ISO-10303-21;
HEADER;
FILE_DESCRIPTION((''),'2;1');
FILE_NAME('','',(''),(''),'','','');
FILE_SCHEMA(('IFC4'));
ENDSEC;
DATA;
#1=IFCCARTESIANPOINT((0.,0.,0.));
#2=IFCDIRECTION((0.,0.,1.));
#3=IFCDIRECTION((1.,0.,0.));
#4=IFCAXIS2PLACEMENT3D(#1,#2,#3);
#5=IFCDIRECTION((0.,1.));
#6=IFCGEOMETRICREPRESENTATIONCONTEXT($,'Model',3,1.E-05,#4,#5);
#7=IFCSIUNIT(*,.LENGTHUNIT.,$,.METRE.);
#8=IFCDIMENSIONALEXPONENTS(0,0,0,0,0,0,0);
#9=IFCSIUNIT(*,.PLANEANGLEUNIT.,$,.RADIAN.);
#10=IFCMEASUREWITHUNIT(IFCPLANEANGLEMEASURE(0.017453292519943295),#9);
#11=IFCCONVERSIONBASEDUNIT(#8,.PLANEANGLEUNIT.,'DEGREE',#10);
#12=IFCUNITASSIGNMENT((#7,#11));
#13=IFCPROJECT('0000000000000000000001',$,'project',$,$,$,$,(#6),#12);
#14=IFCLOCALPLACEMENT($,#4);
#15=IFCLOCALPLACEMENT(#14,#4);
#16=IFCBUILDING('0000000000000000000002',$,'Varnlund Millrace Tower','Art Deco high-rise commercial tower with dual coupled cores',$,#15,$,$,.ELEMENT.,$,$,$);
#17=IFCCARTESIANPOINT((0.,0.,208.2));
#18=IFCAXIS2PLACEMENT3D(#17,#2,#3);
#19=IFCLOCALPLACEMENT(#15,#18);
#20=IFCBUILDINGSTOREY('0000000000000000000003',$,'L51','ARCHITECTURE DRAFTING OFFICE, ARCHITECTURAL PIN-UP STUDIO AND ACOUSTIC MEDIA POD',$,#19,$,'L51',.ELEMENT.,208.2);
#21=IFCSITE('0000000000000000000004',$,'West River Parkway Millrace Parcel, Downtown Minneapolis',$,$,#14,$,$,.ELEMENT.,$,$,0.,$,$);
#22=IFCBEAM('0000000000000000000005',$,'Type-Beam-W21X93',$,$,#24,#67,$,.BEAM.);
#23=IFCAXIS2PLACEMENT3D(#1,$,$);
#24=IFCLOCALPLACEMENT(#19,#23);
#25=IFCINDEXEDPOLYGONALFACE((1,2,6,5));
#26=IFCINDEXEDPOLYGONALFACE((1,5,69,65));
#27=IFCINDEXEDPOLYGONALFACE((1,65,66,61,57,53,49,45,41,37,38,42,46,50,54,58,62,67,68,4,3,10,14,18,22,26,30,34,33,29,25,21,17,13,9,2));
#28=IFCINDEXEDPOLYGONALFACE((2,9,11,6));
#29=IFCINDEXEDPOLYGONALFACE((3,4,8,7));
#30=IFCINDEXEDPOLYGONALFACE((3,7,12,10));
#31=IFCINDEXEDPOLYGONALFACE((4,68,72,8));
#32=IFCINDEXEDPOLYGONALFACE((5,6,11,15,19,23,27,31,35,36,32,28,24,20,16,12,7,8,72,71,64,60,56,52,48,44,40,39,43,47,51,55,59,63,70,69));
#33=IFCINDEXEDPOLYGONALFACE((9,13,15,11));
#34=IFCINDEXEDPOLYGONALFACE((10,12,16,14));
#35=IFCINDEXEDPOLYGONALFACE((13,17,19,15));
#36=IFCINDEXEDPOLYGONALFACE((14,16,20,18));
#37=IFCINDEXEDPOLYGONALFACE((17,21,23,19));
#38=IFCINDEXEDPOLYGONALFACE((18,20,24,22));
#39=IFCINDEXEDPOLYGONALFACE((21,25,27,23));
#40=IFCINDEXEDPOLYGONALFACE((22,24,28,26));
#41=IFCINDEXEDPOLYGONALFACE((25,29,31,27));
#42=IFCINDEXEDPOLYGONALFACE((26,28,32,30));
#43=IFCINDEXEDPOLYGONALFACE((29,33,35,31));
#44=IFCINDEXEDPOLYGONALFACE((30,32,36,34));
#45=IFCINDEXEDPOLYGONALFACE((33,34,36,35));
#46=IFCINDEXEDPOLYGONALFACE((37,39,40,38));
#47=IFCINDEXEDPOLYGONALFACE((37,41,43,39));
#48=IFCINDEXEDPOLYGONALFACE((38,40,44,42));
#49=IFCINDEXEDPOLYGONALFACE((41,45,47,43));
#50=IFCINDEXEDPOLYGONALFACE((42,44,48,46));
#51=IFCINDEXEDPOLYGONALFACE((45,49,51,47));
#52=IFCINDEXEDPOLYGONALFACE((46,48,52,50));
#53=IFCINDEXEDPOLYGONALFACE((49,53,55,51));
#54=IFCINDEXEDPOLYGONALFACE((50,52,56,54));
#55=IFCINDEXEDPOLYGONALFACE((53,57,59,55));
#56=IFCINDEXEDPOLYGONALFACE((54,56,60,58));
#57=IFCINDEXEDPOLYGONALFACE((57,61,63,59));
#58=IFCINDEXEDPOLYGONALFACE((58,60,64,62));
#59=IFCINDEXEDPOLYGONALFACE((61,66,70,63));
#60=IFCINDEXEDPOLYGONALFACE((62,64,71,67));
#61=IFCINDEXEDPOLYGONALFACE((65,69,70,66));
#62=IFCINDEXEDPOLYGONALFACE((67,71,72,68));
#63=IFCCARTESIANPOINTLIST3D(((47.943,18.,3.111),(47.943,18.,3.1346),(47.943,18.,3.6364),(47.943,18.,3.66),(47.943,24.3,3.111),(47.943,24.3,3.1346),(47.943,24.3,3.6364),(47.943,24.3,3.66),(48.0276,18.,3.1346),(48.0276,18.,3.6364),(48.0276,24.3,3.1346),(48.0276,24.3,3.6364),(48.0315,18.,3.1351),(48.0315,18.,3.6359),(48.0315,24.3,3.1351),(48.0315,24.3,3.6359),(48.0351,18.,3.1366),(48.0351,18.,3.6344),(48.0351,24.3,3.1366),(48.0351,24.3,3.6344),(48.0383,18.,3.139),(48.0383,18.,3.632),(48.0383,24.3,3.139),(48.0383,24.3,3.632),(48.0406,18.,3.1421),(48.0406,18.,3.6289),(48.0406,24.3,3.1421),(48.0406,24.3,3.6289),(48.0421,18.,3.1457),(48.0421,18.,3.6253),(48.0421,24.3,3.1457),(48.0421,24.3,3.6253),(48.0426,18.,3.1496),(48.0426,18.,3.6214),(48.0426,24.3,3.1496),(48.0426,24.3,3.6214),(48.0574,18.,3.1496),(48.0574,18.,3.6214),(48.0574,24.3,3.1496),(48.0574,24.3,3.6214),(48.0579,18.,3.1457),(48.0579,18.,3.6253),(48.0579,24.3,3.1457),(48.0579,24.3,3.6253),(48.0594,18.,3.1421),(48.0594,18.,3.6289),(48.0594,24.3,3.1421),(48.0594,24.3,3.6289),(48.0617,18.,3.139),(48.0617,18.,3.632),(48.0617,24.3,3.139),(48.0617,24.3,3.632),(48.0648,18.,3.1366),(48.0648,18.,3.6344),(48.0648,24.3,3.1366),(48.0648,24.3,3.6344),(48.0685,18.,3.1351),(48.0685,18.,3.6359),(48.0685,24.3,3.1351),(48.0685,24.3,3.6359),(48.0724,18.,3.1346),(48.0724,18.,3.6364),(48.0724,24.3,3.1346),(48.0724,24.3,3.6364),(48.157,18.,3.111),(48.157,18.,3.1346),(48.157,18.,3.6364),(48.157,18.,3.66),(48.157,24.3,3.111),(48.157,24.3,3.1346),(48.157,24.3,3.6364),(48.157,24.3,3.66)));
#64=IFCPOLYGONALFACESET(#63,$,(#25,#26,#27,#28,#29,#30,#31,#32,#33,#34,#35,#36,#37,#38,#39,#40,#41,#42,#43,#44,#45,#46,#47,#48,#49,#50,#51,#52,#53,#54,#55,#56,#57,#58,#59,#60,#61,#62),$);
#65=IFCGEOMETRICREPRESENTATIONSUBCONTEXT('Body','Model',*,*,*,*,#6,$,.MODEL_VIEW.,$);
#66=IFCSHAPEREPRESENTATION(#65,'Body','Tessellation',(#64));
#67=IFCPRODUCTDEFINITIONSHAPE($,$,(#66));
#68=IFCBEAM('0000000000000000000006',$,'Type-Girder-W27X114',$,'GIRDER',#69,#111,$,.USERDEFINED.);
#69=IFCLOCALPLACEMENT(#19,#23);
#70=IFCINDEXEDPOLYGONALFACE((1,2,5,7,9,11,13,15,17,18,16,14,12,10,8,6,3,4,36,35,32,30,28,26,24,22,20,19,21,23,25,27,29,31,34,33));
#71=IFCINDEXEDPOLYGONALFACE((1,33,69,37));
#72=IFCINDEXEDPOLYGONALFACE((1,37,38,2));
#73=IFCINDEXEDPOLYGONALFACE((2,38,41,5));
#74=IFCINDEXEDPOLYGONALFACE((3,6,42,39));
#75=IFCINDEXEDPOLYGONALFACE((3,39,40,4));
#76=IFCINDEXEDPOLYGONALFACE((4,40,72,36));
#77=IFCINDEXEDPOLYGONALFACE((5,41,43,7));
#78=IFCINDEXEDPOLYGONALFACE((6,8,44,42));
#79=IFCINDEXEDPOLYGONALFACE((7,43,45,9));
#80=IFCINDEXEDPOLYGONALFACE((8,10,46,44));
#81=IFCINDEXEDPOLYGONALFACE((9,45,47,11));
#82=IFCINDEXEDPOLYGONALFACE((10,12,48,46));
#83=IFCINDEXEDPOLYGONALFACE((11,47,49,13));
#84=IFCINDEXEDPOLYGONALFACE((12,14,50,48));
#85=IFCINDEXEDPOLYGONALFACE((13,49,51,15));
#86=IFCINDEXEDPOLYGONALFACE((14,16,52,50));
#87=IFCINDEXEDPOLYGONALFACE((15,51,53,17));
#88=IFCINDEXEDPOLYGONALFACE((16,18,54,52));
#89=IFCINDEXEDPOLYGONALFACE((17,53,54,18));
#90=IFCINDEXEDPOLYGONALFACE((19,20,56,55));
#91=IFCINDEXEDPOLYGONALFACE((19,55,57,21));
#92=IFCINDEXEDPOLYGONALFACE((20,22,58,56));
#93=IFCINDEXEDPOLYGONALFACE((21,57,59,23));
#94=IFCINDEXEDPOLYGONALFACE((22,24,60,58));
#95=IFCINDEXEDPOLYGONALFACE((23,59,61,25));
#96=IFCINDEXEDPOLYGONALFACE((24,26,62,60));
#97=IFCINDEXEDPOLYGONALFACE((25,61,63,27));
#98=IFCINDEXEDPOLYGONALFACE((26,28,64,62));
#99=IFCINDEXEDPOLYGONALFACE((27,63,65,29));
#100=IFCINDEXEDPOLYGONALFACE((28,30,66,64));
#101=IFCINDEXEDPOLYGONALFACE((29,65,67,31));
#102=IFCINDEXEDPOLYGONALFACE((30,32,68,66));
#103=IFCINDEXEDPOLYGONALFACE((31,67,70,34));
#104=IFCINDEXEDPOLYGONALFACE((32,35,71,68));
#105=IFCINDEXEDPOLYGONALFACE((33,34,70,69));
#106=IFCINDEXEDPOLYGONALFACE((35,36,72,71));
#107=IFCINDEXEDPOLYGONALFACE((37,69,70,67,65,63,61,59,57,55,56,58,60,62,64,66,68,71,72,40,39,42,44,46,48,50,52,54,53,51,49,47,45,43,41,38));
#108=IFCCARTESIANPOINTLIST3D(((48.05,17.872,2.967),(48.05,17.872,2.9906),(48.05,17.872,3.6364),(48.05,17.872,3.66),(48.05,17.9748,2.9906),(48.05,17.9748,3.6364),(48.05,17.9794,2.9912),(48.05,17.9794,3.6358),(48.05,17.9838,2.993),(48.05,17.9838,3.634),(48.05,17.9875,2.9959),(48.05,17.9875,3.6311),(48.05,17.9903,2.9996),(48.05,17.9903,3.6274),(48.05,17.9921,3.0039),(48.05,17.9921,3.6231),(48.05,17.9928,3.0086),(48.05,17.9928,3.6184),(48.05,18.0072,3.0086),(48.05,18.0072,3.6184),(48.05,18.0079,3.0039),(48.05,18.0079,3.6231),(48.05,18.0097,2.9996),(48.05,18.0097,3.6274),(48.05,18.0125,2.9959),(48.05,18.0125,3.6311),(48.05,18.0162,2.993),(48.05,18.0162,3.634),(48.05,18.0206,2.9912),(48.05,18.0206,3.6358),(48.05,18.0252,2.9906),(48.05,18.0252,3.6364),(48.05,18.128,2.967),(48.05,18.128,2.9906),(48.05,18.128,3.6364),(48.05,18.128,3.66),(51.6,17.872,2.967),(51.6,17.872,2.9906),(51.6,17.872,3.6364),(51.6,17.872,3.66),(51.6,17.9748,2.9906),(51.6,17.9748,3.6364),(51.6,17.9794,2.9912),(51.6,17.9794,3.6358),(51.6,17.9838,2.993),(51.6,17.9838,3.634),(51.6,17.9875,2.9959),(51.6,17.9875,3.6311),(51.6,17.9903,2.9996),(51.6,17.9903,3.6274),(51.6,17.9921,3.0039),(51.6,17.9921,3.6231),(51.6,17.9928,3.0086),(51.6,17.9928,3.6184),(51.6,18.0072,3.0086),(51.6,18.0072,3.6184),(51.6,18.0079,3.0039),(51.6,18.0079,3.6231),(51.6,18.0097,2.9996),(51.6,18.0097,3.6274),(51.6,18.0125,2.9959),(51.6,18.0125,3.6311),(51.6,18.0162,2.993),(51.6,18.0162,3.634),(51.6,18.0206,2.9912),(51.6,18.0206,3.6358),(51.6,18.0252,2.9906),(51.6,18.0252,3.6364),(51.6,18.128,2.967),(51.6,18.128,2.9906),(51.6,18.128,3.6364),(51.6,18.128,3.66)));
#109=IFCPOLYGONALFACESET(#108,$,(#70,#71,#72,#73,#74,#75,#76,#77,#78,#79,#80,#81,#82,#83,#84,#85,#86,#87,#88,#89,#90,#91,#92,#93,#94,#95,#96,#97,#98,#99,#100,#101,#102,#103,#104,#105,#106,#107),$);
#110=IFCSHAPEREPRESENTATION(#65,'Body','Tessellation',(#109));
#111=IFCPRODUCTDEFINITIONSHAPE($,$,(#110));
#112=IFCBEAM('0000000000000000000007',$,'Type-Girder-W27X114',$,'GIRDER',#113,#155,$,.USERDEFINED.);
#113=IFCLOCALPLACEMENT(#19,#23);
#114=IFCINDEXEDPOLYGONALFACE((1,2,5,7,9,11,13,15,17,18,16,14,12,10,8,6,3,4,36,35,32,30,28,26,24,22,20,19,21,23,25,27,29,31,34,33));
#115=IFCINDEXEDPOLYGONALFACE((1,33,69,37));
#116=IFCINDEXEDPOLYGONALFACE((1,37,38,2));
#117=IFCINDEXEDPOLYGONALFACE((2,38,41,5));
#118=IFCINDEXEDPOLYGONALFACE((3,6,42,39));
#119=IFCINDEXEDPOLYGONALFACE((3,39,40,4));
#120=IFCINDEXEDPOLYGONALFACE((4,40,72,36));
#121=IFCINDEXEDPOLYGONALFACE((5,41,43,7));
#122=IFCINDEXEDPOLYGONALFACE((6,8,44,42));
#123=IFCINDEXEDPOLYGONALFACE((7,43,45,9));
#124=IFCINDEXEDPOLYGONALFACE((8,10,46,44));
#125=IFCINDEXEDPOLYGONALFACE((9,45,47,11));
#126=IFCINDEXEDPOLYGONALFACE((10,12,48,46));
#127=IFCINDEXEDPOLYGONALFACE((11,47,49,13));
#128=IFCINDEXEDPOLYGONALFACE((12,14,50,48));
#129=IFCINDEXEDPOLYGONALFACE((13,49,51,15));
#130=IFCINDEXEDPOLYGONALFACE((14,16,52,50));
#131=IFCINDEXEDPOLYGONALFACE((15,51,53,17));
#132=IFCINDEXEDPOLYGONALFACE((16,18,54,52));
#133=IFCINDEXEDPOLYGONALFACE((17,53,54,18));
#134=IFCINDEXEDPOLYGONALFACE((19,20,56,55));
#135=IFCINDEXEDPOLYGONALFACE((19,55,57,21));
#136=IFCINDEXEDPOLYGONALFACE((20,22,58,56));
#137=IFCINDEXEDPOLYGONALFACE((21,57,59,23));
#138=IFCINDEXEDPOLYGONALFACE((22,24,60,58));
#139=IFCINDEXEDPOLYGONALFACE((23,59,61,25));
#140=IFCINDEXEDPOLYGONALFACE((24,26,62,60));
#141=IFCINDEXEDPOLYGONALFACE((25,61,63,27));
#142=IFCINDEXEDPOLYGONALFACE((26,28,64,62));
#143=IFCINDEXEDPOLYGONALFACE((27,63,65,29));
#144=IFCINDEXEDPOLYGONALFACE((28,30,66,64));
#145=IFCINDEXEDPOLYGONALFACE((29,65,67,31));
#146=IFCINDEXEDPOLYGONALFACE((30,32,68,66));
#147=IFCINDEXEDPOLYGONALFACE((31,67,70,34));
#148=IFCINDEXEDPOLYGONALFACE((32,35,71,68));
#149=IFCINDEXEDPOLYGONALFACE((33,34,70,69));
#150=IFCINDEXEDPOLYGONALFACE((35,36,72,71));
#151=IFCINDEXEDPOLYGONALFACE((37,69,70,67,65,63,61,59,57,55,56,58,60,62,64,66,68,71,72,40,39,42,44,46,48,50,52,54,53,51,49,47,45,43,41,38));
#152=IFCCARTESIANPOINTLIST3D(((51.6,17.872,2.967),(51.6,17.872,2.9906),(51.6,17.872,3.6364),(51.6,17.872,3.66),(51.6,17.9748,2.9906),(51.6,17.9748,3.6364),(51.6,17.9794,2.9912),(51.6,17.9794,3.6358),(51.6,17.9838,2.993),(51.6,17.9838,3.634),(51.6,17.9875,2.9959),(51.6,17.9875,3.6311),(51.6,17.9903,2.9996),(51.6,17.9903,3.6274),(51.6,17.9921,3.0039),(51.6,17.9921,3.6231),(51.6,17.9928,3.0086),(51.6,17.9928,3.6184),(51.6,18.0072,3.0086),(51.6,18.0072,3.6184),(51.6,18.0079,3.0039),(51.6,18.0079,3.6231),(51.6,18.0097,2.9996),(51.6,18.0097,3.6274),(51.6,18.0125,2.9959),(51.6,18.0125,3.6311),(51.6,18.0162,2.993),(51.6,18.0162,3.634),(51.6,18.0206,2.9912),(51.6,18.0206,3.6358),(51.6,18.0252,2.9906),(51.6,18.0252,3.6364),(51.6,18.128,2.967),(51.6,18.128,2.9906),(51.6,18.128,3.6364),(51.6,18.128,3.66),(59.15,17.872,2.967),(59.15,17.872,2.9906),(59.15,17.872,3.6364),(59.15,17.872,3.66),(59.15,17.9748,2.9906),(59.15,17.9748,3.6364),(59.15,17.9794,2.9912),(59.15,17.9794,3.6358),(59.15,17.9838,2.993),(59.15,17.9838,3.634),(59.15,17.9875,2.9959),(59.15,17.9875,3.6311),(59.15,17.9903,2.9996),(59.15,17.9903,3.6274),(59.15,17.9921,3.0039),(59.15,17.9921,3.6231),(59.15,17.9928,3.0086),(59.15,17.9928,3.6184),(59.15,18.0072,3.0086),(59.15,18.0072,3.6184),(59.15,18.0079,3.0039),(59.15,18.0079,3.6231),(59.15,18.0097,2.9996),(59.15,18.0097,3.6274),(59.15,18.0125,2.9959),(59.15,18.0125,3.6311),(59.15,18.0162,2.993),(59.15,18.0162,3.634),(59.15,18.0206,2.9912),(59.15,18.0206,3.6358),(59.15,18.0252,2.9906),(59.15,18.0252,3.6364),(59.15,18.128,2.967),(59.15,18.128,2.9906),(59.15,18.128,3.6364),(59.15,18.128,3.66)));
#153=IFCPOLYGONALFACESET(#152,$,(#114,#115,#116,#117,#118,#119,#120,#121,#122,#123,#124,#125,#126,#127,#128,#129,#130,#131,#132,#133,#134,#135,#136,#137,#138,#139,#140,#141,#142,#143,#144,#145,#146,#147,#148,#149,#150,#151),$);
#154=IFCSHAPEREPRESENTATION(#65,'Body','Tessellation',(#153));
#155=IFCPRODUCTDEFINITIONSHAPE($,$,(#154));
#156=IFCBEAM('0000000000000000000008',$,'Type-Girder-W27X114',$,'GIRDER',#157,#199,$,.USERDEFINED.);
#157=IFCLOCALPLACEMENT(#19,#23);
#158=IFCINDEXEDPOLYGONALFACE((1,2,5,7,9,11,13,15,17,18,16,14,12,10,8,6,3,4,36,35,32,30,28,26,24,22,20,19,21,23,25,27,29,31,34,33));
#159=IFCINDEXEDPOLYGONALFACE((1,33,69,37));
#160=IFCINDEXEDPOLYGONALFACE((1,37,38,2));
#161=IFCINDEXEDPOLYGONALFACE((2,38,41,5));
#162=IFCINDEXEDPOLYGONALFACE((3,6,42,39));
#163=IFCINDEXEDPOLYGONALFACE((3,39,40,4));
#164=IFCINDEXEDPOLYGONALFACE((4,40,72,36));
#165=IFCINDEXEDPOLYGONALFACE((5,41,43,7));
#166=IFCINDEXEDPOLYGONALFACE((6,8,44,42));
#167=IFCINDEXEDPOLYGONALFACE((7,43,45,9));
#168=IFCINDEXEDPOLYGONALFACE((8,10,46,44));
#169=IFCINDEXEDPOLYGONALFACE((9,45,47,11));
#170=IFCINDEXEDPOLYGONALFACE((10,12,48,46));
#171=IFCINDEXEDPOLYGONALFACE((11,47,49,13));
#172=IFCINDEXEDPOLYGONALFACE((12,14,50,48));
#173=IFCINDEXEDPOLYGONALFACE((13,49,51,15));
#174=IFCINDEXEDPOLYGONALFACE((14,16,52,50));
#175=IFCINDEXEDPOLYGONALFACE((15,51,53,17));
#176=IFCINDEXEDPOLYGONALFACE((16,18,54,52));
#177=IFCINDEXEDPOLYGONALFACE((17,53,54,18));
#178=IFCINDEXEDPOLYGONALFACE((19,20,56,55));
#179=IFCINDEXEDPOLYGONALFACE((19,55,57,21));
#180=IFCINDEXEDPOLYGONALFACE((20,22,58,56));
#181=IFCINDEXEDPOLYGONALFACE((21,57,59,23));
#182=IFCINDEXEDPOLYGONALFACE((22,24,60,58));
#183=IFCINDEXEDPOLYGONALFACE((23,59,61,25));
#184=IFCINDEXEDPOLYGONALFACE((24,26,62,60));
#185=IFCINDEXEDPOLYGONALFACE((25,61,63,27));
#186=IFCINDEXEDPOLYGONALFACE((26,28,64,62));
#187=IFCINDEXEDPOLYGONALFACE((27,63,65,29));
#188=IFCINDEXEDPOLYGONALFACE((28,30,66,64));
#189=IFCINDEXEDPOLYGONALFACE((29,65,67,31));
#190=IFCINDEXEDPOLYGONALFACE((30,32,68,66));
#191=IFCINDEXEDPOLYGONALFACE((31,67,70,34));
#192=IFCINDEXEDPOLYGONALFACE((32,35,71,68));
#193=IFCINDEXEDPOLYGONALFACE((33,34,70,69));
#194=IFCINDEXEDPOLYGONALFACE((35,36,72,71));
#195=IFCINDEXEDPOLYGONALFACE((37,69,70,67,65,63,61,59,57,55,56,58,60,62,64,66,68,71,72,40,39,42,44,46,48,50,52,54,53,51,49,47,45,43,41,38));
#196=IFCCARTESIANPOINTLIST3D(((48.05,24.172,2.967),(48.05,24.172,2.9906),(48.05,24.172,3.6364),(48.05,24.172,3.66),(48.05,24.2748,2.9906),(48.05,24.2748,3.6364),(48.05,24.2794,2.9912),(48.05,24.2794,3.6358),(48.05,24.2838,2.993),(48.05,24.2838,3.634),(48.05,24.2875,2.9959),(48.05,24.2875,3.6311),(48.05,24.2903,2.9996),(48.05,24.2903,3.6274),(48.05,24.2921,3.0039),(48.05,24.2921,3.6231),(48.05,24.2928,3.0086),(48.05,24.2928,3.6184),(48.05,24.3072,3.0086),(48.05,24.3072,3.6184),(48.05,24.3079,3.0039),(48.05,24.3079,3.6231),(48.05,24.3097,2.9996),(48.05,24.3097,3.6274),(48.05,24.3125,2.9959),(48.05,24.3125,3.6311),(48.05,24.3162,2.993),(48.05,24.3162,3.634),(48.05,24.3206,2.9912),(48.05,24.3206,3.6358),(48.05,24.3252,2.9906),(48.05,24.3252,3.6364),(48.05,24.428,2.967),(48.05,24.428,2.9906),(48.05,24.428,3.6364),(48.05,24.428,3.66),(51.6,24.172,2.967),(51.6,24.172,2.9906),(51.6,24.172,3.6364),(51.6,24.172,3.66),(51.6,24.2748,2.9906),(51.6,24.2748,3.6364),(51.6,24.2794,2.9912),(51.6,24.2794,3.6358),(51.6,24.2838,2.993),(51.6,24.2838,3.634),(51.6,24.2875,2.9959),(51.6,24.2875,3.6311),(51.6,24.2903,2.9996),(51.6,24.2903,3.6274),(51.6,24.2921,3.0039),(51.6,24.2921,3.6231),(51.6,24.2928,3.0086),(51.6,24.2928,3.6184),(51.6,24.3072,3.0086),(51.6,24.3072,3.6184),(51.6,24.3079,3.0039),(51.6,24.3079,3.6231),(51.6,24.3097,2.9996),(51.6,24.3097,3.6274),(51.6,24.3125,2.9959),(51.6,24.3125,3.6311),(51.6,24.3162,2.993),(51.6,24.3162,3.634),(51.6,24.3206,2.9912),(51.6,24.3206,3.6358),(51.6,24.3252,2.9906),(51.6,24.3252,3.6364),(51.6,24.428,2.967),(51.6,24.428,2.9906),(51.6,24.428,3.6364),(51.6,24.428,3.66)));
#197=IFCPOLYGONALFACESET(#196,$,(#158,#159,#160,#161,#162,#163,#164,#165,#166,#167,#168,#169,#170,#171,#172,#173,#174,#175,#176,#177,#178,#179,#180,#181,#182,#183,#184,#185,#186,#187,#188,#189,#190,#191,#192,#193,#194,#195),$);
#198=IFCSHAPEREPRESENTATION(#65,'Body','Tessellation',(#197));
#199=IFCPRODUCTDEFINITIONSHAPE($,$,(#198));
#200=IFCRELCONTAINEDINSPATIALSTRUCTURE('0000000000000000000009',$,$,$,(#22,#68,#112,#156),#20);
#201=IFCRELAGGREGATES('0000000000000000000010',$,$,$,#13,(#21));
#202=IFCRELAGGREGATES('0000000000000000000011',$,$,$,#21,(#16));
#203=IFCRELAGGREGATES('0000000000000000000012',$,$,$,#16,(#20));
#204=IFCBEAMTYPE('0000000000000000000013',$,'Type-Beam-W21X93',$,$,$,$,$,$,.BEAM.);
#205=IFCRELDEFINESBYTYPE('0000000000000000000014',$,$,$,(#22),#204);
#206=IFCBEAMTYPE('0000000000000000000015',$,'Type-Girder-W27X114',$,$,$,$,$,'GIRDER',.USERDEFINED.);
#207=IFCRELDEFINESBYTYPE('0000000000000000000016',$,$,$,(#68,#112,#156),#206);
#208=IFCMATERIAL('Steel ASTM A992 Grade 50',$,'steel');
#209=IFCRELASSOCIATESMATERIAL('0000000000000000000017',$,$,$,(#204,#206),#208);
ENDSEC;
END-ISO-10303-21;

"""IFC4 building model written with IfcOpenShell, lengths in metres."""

from ifc_helpers import new_model, entity, si_unit, converted_unit, direction, frame, origin_with_axes, origin_2d_with_axis, place, context, subcontext, project, spatial, i_section, extrude, material, material_profile, profile_set, type_object, element, save


model = new_model("IFC4")

# Units and contexts
model_context = context("Model", 3, precision=1e-05, world=origin_with_axes(), true_north=direction((0.0, 1.0)))
body_context = subcontext(model_context, "Body", "Model", "MODEL_VIEW")
ifc_project = project(units=[si_unit("LENGTHUNIT", "METRE"), converted_unit("PLANEANGLEUNIT", "DEGREE", entity("IfcPlaneAngleMeasure", 0.017453292519943295), si_unit("PLANEANGLEUNIT", "RADIAN"), dimensions=[0, 0, 0, 0, 0, 0, 0])], contexts=[model_context])

# Site, building, storey
site_placement = place(None, origin_with_axes())
site = spatial("IfcSite", under=ifc_project, at=site_placement, Name="West River Parkway Millrace Parcel, Downtown Minneapolis", CompositionType="ELEMENT", RefElevation=0.0)
building_placement = place(site_placement, origin_with_axes())
building = spatial("IfcBuilding", under=site, at=building_placement, Name="Varnlund Millrace Tower", Description="Art Deco high-rise commercial tower with dual coupled cores", CompositionType="ELEMENT")
storey_placement = place(building_placement, frame((0.0, 0.0, 208.2), z_axis=(0.0, 0.0, 1.0), x_axis=(1.0, 0.0, 0.0)))
storey = spatial("IfcBuildingStorey", under=building, at=storey_placement, Name="L51", Description="ARCHITECTURE DRAFTING OFFICE, ARCHITECTURAL PIN-UP STUDIO AND ACOUSTIC MEDIA POD", LongName="L51", CompositionType="ELEMENT", Elevation=208.2)

# Beams
ifc_material_1 = material(Name="Steel ASTM A992 Grade 50", Category="steel")
ifc_material_profile_1 = material_profile(ifc_material_1, i_section(OverallWidth=0.214, OverallDepth=0.549, WebThickness=0.0147, FlangeThickness=0.0236, FilletRadius=0.015, at=origin_2d_with_axis()), Name="Steel ASTM A992 Grade 50")
ifc_profile_set_1 = profile_set([ifc_material_profile_1], Name="Steel ASTM A992 Grade 50")
beam_type_1 = type_object("IfcBeamType", Name="Type-Beam-W21X93", PredefinedType="BEAM", material=ifc_profile_set_1)
beam_1_placement = place(storey_placement, frame((48.05, 18.0, 3.3855), z_axis=(0.0, 1.0, 0.0), x_axis=(-1.0, 0.0, 0.0)))
element("IfcBeam", 1, at=beam_1_placement, inside=storey, type_object=beam_type_1, Name="Type-Beam-W21X93", PredefinedType="BEAM", context=body_context, shape_type="SweptSolid", body=[
    extrude(i_section(OverallWidth=0.214, OverallDepth=0.549, WebThickness=0.0147, FlangeThickness=0.0236, FilletRadius=0.015, at=origin_2d_with_axis()), origin_with_axes(), (0.0, 0.0, 1.0), 6.3),
])
ifc_material_profile_2 = material_profile(ifc_material_1, i_section(OverallWidth=0.256, OverallDepth=0.693, WebThickness=0.0145, FlangeThickness=0.0236, FilletRadius=0.018, at=origin_2d_with_axis()), Name="Steel ASTM A992 Grade 50")
ifc_profile_set_2 = profile_set([ifc_material_profile_2], Name="Steel ASTM A992 Grade 50")
beam_type_2 = type_object("IfcBeamType", Name="Type-Girder-W27X114", ElementType="GIRDER", PredefinedType="USERDEFINED", material=ifc_profile_set_2)
beam_2_placement = place(storey_placement, frame((48.05, 18.0, 3.3135), z_axis=(1.0, 0.0, 0.0), x_axis=(0.0, 1.0, 0.0)))
element("IfcBeam", 2, at=beam_2_placement, inside=storey, type_object=beam_type_2, Name="Type-Girder-W27X114", ObjectType="GIRDER", PredefinedType="USERDEFINED", context=body_context, shape_type="SweptSolid", body=[
    extrude(i_section(OverallWidth=0.256, OverallDepth=0.693, WebThickness=0.0145, FlangeThickness=0.0236, FilletRadius=0.018, at=origin_2d_with_axis()), origin_with_axes(), (0.0, 0.0, 1.0), 3.55),
])
beam_3_placement = place(storey_placement, frame((51.6, 18.0, 3.3135), z_axis=(1.0, 0.0, 0.0), x_axis=(0.0, 1.0, 0.0)))
element("IfcBeam", 3, at=beam_3_placement, inside=storey, type_object=beam_type_2, Name="Type-Girder-W27X114", ObjectType="GIRDER", PredefinedType="USERDEFINED", context=body_context, shape_type="SweptSolid", body=[
    extrude(i_section(OverallWidth=0.256, OverallDepth=0.693, WebThickness=0.0145, FlangeThickness=0.0236, FilletRadius=0.018, at=origin_2d_with_axis()), origin_with_axes(), (0.0, 0.0, 1.0), 7.55),
])
beam_4_placement = place(storey_placement, frame((48.05, 24.3, 3.3135), z_axis=(1.0, 0.0, 0.0), x_axis=(0.0, 1.0, 0.0)))
element("IfcBeam", 4, at=beam_4_placement, inside=storey, type_object=beam_type_2, Name="Type-Girder-W27X114", ObjectType="GIRDER", PredefinedType="USERDEFINED", context=body_context, shape_type="SweptSolid", body=[
    extrude(i_section(OverallWidth=0.256, OverallDepth=0.693, WebThickness=0.0145, FlangeThickness=0.0236, FilletRadius=0.018, at=origin_2d_with_axis()), origin_with_axes(), (0.0, 0.0, 1.0), 3.55),
])

save(model, "model.ifc")
